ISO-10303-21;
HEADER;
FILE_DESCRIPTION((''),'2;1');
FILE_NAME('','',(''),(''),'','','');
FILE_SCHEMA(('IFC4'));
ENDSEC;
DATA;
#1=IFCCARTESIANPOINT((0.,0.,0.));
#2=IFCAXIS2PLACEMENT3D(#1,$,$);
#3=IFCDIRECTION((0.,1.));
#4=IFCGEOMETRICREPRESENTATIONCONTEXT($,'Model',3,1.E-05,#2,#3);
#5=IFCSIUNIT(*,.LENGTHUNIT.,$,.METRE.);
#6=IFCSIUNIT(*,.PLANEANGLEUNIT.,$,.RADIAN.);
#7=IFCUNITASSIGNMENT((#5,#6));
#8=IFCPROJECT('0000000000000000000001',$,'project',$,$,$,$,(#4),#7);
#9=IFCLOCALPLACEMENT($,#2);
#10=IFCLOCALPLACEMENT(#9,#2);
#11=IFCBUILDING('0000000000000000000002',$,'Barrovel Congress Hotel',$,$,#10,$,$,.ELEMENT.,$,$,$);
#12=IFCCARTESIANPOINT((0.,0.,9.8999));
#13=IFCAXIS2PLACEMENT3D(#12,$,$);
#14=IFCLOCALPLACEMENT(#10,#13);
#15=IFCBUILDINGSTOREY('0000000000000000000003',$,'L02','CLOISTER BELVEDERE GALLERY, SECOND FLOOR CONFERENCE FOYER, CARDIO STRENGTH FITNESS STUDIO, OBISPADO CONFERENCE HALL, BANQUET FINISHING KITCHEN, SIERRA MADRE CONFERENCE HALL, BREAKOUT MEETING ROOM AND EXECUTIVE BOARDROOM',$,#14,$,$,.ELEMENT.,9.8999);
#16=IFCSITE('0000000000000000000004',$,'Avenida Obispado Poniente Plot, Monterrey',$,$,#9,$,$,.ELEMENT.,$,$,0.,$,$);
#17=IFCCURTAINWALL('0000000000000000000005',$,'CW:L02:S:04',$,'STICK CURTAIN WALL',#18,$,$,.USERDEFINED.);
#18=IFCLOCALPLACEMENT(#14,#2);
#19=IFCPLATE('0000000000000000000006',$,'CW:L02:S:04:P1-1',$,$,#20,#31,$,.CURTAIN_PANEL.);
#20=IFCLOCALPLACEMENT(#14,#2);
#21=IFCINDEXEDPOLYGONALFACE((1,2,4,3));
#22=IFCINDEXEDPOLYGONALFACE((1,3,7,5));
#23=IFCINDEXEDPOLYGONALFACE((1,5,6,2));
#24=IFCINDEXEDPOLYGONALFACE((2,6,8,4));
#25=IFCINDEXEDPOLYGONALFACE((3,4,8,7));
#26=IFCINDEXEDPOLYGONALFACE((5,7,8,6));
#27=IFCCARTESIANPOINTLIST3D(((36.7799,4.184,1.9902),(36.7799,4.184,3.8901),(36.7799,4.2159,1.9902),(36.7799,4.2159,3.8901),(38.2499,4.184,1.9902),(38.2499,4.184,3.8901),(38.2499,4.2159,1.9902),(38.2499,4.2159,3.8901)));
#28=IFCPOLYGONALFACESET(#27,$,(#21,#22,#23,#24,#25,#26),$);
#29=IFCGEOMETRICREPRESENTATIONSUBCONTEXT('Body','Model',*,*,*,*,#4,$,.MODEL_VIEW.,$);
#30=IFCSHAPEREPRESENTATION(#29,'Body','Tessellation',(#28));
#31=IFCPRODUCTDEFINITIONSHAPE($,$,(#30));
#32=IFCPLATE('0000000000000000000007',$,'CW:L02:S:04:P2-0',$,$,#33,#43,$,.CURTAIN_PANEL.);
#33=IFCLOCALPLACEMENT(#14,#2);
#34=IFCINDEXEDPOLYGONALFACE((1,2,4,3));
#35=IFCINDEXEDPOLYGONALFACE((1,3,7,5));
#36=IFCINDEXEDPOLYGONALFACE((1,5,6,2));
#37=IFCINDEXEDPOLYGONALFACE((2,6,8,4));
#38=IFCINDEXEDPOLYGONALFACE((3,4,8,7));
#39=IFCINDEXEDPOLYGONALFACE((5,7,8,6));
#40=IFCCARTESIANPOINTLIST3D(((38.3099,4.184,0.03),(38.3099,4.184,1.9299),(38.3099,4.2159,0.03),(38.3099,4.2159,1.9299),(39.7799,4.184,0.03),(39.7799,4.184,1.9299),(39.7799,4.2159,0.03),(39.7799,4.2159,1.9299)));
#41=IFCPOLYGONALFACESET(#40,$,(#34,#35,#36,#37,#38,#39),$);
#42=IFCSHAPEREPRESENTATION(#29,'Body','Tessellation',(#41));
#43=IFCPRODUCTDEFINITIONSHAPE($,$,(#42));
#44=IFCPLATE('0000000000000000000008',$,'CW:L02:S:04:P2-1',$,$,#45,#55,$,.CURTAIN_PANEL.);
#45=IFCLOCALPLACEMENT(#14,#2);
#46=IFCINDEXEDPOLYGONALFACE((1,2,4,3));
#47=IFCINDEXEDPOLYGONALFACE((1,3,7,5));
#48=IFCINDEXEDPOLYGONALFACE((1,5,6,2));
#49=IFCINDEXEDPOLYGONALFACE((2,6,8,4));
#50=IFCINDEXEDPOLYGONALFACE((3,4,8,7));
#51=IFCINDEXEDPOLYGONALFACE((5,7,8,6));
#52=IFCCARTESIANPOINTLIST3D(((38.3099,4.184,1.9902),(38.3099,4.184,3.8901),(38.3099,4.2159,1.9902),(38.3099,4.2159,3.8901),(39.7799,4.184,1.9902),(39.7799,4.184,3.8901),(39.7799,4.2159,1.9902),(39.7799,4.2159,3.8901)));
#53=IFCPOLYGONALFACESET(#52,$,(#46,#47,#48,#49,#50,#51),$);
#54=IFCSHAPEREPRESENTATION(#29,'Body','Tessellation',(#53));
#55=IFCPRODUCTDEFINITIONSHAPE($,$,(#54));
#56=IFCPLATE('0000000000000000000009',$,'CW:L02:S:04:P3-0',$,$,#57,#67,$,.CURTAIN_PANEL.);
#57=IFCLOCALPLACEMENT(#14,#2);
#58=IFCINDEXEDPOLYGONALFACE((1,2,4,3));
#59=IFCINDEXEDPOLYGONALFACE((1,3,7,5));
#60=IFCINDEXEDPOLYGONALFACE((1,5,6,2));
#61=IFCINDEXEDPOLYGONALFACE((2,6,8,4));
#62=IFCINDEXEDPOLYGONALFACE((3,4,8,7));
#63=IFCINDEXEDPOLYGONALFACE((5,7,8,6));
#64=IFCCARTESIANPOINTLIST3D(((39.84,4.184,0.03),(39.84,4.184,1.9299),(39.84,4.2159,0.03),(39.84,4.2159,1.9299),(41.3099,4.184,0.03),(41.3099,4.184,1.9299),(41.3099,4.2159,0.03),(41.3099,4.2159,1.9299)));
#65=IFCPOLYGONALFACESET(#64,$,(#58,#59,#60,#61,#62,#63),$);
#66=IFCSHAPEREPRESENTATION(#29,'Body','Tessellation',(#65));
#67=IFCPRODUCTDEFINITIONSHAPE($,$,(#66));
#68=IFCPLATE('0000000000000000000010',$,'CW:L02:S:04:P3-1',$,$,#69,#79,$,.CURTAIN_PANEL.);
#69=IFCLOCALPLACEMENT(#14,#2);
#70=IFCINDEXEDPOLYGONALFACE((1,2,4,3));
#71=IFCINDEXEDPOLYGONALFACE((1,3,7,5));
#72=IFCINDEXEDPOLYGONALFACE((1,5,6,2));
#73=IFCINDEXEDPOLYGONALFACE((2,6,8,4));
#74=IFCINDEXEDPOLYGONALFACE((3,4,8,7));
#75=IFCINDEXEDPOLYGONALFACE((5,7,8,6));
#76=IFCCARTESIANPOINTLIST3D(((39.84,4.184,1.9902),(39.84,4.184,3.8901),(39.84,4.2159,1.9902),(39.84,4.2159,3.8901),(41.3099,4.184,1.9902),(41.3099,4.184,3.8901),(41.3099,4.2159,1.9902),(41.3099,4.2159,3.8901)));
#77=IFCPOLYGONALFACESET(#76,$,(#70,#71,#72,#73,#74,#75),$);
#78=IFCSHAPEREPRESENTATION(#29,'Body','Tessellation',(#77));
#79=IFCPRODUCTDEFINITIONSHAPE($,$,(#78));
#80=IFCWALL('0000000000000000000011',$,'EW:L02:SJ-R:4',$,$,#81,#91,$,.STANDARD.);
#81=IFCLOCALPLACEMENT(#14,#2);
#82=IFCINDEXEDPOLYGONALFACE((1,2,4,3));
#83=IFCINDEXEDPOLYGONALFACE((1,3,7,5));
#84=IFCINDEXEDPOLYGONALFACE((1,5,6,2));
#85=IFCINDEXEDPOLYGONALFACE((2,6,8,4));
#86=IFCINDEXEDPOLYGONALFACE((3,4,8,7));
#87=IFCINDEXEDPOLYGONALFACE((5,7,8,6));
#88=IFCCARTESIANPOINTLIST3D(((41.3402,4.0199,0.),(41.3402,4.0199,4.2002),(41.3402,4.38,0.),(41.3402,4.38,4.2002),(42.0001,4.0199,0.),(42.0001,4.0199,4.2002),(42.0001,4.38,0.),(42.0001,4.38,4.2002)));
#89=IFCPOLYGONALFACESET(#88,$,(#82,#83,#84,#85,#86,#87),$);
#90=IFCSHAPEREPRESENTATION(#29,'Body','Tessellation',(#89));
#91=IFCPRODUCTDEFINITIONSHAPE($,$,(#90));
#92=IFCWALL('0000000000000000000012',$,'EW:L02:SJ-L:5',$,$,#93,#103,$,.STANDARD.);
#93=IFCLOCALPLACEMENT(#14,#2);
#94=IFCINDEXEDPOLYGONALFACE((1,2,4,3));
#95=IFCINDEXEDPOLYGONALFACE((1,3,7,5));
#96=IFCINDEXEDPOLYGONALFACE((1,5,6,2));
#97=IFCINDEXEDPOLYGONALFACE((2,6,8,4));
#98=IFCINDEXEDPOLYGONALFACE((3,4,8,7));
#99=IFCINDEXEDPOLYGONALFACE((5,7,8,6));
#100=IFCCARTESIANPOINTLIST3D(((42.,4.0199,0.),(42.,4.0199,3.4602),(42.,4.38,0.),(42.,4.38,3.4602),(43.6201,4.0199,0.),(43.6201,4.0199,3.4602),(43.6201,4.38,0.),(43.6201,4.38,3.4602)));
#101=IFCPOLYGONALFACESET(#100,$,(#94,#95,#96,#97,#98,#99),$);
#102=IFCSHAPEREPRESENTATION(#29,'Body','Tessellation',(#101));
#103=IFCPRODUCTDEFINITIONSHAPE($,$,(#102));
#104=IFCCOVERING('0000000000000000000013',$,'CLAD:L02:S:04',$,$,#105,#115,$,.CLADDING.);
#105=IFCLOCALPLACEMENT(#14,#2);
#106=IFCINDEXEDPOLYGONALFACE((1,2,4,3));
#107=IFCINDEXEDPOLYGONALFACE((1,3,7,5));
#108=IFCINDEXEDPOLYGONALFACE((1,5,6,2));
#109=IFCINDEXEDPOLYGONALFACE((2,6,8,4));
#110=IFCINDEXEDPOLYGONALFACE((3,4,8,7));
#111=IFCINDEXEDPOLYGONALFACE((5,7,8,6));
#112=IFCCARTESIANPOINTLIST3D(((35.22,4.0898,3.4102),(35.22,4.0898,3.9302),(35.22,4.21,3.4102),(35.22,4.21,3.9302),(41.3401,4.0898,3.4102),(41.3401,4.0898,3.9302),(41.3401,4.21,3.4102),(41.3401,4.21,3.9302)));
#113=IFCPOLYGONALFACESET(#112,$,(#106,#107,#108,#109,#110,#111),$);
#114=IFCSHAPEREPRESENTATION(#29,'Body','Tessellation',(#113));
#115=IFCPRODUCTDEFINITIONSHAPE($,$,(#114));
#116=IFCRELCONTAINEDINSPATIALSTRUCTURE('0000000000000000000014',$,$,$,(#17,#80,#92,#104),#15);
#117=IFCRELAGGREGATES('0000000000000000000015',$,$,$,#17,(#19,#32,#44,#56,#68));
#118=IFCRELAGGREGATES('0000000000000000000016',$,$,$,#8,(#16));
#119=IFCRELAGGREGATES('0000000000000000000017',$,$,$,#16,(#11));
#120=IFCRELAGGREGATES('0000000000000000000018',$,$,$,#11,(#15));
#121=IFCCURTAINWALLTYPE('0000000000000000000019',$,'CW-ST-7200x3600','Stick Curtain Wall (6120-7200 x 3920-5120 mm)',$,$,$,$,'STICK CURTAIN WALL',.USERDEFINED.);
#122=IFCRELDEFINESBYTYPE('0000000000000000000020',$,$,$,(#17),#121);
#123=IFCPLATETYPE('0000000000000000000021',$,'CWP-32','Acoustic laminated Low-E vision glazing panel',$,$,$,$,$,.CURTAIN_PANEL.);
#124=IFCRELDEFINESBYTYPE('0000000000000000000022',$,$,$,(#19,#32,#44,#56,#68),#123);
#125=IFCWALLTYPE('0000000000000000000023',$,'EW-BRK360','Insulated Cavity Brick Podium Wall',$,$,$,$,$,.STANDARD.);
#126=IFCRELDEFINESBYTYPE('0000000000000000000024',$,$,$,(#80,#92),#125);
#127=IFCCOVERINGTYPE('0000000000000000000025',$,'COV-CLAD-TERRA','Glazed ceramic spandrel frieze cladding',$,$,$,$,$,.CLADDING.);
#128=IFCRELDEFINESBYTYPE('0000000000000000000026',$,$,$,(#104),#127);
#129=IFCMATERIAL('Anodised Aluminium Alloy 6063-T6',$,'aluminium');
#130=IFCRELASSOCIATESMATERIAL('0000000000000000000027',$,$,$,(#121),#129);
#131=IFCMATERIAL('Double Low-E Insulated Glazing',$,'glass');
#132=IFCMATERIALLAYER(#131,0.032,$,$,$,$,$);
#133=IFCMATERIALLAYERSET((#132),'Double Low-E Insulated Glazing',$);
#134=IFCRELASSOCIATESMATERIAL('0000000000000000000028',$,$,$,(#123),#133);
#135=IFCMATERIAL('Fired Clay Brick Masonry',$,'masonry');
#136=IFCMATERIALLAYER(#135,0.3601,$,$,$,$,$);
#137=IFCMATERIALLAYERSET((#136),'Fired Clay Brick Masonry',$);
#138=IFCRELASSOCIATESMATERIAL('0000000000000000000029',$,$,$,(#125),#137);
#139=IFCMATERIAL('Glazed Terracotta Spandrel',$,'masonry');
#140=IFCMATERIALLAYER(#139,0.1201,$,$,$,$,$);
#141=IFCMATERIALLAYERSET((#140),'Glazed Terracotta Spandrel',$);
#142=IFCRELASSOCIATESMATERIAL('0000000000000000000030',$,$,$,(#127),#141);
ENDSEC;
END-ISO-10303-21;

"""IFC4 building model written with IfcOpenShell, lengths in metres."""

from ifc_helpers import new_model, si_unit, direction, frame, frame_2d, origin, origin_2d, place, context, subcontext, project, spatial, rectangle, extrude, material, layer, layer_set, type_object, element, aggregate, save


model = new_model("IFC4")

# Units and contexts
model_context = context("Model", 3, precision=1e-05, world=origin(), true_north=direction((0.0, 1.0)))
body_context = subcontext(model_context, "Body", "Model", "MODEL_VIEW")
ifc_project = project(units=[si_unit("LENGTHUNIT", "METRE"), si_unit("PLANEANGLEUNIT", "RADIAN")], contexts=[model_context])

# Site, building, storey
site_placement = place(None, origin())
site = spatial("IfcSite", under=ifc_project, at=site_placement, Name="Avenida Obispado Poniente Plot, Monterrey", CompositionType="ELEMENT", RefElevation=0.0)
building_placement = place(site_placement, origin())
building = spatial("IfcBuilding", under=site, at=building_placement, Name="Barrovel Congress Hotel", CompositionType="ELEMENT")
storey_placement = place(building_placement, frame((0.0, 0.0, 9.8999)))
storey = spatial("IfcBuildingStorey", under=building, at=storey_placement, Name="L02", Description="CLOISTER BELVEDERE GALLERY, SECOND FLOOR CONFERENCE FOYER, CARDIO STRENGTH FITNESS STUDIO, OBISPADO CONFERENCE HALL, BANQUET FINISHING KITCHEN, SIERRA MADRE CONFERENCE HALL, BREAKOUT MEETING ROOM AND EXECUTIVE BOARDROOM", CompositionType="ELEMENT", Elevation=9.8999)

# Curtain wall
ifc_material_1 = material(Name="Anodised Aluminium Alloy 6063-T6", Category="aluminium")
curtain_wall_type = type_object("IfcCurtainWallType", Name="CW-ST-7200x3600", Description="Stick Curtain Wall (6120-7200 x 3920-5120 mm)", ElementType="STICK CURTAIN WALL", PredefinedType="USERDEFINED", material=ifc_material_1)
curtain_wall_placement = place(storey_placement, origin())
curtain_wall = element("IfcCurtainWall", 1, at=curtain_wall_placement, inside=storey, type_object=curtain_wall_type, Name="CW:L02:S:04", ObjectType="STICK CURTAIN WALL", PredefinedType="USERDEFINED")

# Plates
ifc_material_2 = material(Name="Double Low-E Insulated Glazing", Category="glass")
ifc_layer_1 = layer(ifc_material_2, 0.032)
ifc_layer_set_1 = layer_set([ifc_layer_1], Name="Double Low-E Insulated Glazing")
plate_type = type_object("IfcPlateType", Name="CWP-32", Description="Acoustic laminated Low-E vision glazing panel", PredefinedType="CURTAIN_PANEL", material=ifc_layer_set_1)
plate_1_placement = place(storey_placement, frame((37.5149, 4.2, 1.9902), z_axis=(0.0, 0.0, 1.0), x_axis=(1.0, 0.0, 0.0)))
plate_1 = element("IfcPlate", 2, at=plate_1_placement, type_object=plate_type, Name="CW:L02:S:04:P1-1", PredefinedType="CURTAIN_PANEL", context=body_context, shape_type="SweptSolid", body=[
    extrude(rectangle(XDim=1.47, YDim=0.032, at=origin_2d()), origin(), (0.0, 0.0, 1.0), 1.8999),
])
plate_2_placement = place(storey_placement, frame((39.0449, 4.2, 0.03), z_axis=(0.0, 0.0, 1.0), x_axis=(1.0, 0.0, 0.0)))
plate_2 = element("IfcPlate", 3, at=plate_2_placement, type_object=plate_type, Name="CW:L02:S:04:P2-0", PredefinedType="CURTAIN_PANEL", context=body_context, shape_type="SweptSolid", body=[
    extrude(rectangle(XDim=1.47, YDim=0.032, at=origin_2d()), origin(), (0.0, 0.0, 1.0), 1.8999),
])
plate_3_placement = place(storey_placement, frame((39.0449, 4.2, 1.9902), z_axis=(0.0, 0.0, 1.0), x_axis=(1.0, 0.0, 0.0)))
plate_3 = element("IfcPlate", 4, at=plate_3_placement, type_object=plate_type, Name="CW:L02:S:04:P2-1", PredefinedType="CURTAIN_PANEL", context=body_context, shape_type="SweptSolid", body=[
    extrude(rectangle(XDim=1.47, YDim=0.032, at=origin_2d()), origin(), (0.0, 0.0, 1.0), 1.8999),
])
plate_4_placement = place(storey_placement, frame((40.575, 4.2, 0.03), z_axis=(0.0, 0.0, 1.0), x_axis=(1.0, 0.0, 0.0)))
plate_4 = element("IfcPlate", 5, at=plate_4_placement, type_object=plate_type, Name="CW:L02:S:04:P3-0", PredefinedType="CURTAIN_PANEL", context=body_context, shape_type="SweptSolid", body=[
    extrude(rectangle(XDim=1.47, YDim=0.032, at=origin_2d()), origin(), (0.0, 0.0, 1.0), 1.8999),
])
plate_5_placement = place(storey_placement, frame((40.575, 4.2, 1.9902), z_axis=(0.0, 0.0, 1.0), x_axis=(1.0, 0.0, 0.0)))
plate_5 = element("IfcPlate", 6, at=plate_5_placement, type_object=plate_type, Name="CW:L02:S:04:P3-1", PredefinedType="CURTAIN_PANEL", context=body_context, shape_type="SweptSolid", body=[
    extrude(rectangle(XDim=1.47, YDim=0.032, at=origin_2d()), origin(), (0.0, 0.0, 1.0), 1.8999),
])
aggregate(curtain_wall, [plate_1, plate_2, plate_3, plate_4, plate_5])

# Walls
ifc_material_3 = material(Name="Fired Clay Brick Masonry", Category="masonry")
ifc_layer_2 = layer(ifc_material_3, 0.3601)
ifc_layer_set_2 = layer_set([ifc_layer_2], Name="Fired Clay Brick Masonry")
wall_type = type_object("IfcWallType", Name="EW-BRK360", Description="Insulated Cavity Brick Podium Wall", PredefinedType="STANDARD", material=ifc_layer_set_2)
wall_1_placement = place(storey_placement, frame((41.3401, 4.2, 0.0), z_axis=(0.0, 0.0, 1.0), x_axis=(1.0, 0.0, 0.0)))
element("IfcWall", 7, at=wall_1_placement, inside=storey, type_object=wall_type, Name="EW:L02:SJ-R:4", PredefinedType="STANDARD", context=body_context, shape_type="SweptSolid", body=[
    extrude(rectangle(XDim=0.6599, YDim=0.3601, at=frame_2d((0.3301, 0.0))), origin(), (0.0, 0.0, 1.0), 4.2002),
])
wall_2_placement = place(storey_placement, frame((42.0, 4.2, 0.0), z_axis=(0.0, 0.0, 1.0), x_axis=(1.0, 0.0, 0.0)))
element("IfcWall", 8, at=wall_2_placement, inside=storey, type_object=wall_type, Name="EW:L02:SJ-L:5", PredefinedType="STANDARD", context=body_context, shape_type="SweptSolid", body=[
    extrude(rectangle(XDim=1.6201, YDim=0.3601, at=frame_2d((0.8101, 0.0))), origin(), (0.0, 0.0, 1.0), 3.4602),
])

# Covering
ifc_material_4 = material(Name="Glazed Terracotta Spandrel", Category="masonry")
ifc_layer_3 = layer(ifc_material_4, 0.1201)
ifc_layer_set_3 = layer_set([ifc_layer_3], Name="Glazed Terracotta Spandrel")
covering_type = type_object("IfcCoveringType", Name="COV-CLAD-TERRA", Description="Glazed ceramic spandrel frieze cladding", PredefinedType="CLADDING", material=ifc_layer_set_3)
covering_placement = place(storey_placement, frame((38.28, 4.1499, 3.4102), z_axis=(0.0, 0.0, 1.0), x_axis=(1.0, 0.0, 0.0)))
element("IfcCovering", 9, at=covering_placement, inside=storey, type_object=covering_type, Name="CLAD:L02:S:04", PredefinedType="CLADDING", context=body_context, shape_type="SweptSolid", body=[
    extrude(rectangle(XDim=6.1201, YDim=0.1201, at=origin_2d()), origin(), (0.0, 0.0, 1.0), 0.52),
])

save(model, "model.ifc")
